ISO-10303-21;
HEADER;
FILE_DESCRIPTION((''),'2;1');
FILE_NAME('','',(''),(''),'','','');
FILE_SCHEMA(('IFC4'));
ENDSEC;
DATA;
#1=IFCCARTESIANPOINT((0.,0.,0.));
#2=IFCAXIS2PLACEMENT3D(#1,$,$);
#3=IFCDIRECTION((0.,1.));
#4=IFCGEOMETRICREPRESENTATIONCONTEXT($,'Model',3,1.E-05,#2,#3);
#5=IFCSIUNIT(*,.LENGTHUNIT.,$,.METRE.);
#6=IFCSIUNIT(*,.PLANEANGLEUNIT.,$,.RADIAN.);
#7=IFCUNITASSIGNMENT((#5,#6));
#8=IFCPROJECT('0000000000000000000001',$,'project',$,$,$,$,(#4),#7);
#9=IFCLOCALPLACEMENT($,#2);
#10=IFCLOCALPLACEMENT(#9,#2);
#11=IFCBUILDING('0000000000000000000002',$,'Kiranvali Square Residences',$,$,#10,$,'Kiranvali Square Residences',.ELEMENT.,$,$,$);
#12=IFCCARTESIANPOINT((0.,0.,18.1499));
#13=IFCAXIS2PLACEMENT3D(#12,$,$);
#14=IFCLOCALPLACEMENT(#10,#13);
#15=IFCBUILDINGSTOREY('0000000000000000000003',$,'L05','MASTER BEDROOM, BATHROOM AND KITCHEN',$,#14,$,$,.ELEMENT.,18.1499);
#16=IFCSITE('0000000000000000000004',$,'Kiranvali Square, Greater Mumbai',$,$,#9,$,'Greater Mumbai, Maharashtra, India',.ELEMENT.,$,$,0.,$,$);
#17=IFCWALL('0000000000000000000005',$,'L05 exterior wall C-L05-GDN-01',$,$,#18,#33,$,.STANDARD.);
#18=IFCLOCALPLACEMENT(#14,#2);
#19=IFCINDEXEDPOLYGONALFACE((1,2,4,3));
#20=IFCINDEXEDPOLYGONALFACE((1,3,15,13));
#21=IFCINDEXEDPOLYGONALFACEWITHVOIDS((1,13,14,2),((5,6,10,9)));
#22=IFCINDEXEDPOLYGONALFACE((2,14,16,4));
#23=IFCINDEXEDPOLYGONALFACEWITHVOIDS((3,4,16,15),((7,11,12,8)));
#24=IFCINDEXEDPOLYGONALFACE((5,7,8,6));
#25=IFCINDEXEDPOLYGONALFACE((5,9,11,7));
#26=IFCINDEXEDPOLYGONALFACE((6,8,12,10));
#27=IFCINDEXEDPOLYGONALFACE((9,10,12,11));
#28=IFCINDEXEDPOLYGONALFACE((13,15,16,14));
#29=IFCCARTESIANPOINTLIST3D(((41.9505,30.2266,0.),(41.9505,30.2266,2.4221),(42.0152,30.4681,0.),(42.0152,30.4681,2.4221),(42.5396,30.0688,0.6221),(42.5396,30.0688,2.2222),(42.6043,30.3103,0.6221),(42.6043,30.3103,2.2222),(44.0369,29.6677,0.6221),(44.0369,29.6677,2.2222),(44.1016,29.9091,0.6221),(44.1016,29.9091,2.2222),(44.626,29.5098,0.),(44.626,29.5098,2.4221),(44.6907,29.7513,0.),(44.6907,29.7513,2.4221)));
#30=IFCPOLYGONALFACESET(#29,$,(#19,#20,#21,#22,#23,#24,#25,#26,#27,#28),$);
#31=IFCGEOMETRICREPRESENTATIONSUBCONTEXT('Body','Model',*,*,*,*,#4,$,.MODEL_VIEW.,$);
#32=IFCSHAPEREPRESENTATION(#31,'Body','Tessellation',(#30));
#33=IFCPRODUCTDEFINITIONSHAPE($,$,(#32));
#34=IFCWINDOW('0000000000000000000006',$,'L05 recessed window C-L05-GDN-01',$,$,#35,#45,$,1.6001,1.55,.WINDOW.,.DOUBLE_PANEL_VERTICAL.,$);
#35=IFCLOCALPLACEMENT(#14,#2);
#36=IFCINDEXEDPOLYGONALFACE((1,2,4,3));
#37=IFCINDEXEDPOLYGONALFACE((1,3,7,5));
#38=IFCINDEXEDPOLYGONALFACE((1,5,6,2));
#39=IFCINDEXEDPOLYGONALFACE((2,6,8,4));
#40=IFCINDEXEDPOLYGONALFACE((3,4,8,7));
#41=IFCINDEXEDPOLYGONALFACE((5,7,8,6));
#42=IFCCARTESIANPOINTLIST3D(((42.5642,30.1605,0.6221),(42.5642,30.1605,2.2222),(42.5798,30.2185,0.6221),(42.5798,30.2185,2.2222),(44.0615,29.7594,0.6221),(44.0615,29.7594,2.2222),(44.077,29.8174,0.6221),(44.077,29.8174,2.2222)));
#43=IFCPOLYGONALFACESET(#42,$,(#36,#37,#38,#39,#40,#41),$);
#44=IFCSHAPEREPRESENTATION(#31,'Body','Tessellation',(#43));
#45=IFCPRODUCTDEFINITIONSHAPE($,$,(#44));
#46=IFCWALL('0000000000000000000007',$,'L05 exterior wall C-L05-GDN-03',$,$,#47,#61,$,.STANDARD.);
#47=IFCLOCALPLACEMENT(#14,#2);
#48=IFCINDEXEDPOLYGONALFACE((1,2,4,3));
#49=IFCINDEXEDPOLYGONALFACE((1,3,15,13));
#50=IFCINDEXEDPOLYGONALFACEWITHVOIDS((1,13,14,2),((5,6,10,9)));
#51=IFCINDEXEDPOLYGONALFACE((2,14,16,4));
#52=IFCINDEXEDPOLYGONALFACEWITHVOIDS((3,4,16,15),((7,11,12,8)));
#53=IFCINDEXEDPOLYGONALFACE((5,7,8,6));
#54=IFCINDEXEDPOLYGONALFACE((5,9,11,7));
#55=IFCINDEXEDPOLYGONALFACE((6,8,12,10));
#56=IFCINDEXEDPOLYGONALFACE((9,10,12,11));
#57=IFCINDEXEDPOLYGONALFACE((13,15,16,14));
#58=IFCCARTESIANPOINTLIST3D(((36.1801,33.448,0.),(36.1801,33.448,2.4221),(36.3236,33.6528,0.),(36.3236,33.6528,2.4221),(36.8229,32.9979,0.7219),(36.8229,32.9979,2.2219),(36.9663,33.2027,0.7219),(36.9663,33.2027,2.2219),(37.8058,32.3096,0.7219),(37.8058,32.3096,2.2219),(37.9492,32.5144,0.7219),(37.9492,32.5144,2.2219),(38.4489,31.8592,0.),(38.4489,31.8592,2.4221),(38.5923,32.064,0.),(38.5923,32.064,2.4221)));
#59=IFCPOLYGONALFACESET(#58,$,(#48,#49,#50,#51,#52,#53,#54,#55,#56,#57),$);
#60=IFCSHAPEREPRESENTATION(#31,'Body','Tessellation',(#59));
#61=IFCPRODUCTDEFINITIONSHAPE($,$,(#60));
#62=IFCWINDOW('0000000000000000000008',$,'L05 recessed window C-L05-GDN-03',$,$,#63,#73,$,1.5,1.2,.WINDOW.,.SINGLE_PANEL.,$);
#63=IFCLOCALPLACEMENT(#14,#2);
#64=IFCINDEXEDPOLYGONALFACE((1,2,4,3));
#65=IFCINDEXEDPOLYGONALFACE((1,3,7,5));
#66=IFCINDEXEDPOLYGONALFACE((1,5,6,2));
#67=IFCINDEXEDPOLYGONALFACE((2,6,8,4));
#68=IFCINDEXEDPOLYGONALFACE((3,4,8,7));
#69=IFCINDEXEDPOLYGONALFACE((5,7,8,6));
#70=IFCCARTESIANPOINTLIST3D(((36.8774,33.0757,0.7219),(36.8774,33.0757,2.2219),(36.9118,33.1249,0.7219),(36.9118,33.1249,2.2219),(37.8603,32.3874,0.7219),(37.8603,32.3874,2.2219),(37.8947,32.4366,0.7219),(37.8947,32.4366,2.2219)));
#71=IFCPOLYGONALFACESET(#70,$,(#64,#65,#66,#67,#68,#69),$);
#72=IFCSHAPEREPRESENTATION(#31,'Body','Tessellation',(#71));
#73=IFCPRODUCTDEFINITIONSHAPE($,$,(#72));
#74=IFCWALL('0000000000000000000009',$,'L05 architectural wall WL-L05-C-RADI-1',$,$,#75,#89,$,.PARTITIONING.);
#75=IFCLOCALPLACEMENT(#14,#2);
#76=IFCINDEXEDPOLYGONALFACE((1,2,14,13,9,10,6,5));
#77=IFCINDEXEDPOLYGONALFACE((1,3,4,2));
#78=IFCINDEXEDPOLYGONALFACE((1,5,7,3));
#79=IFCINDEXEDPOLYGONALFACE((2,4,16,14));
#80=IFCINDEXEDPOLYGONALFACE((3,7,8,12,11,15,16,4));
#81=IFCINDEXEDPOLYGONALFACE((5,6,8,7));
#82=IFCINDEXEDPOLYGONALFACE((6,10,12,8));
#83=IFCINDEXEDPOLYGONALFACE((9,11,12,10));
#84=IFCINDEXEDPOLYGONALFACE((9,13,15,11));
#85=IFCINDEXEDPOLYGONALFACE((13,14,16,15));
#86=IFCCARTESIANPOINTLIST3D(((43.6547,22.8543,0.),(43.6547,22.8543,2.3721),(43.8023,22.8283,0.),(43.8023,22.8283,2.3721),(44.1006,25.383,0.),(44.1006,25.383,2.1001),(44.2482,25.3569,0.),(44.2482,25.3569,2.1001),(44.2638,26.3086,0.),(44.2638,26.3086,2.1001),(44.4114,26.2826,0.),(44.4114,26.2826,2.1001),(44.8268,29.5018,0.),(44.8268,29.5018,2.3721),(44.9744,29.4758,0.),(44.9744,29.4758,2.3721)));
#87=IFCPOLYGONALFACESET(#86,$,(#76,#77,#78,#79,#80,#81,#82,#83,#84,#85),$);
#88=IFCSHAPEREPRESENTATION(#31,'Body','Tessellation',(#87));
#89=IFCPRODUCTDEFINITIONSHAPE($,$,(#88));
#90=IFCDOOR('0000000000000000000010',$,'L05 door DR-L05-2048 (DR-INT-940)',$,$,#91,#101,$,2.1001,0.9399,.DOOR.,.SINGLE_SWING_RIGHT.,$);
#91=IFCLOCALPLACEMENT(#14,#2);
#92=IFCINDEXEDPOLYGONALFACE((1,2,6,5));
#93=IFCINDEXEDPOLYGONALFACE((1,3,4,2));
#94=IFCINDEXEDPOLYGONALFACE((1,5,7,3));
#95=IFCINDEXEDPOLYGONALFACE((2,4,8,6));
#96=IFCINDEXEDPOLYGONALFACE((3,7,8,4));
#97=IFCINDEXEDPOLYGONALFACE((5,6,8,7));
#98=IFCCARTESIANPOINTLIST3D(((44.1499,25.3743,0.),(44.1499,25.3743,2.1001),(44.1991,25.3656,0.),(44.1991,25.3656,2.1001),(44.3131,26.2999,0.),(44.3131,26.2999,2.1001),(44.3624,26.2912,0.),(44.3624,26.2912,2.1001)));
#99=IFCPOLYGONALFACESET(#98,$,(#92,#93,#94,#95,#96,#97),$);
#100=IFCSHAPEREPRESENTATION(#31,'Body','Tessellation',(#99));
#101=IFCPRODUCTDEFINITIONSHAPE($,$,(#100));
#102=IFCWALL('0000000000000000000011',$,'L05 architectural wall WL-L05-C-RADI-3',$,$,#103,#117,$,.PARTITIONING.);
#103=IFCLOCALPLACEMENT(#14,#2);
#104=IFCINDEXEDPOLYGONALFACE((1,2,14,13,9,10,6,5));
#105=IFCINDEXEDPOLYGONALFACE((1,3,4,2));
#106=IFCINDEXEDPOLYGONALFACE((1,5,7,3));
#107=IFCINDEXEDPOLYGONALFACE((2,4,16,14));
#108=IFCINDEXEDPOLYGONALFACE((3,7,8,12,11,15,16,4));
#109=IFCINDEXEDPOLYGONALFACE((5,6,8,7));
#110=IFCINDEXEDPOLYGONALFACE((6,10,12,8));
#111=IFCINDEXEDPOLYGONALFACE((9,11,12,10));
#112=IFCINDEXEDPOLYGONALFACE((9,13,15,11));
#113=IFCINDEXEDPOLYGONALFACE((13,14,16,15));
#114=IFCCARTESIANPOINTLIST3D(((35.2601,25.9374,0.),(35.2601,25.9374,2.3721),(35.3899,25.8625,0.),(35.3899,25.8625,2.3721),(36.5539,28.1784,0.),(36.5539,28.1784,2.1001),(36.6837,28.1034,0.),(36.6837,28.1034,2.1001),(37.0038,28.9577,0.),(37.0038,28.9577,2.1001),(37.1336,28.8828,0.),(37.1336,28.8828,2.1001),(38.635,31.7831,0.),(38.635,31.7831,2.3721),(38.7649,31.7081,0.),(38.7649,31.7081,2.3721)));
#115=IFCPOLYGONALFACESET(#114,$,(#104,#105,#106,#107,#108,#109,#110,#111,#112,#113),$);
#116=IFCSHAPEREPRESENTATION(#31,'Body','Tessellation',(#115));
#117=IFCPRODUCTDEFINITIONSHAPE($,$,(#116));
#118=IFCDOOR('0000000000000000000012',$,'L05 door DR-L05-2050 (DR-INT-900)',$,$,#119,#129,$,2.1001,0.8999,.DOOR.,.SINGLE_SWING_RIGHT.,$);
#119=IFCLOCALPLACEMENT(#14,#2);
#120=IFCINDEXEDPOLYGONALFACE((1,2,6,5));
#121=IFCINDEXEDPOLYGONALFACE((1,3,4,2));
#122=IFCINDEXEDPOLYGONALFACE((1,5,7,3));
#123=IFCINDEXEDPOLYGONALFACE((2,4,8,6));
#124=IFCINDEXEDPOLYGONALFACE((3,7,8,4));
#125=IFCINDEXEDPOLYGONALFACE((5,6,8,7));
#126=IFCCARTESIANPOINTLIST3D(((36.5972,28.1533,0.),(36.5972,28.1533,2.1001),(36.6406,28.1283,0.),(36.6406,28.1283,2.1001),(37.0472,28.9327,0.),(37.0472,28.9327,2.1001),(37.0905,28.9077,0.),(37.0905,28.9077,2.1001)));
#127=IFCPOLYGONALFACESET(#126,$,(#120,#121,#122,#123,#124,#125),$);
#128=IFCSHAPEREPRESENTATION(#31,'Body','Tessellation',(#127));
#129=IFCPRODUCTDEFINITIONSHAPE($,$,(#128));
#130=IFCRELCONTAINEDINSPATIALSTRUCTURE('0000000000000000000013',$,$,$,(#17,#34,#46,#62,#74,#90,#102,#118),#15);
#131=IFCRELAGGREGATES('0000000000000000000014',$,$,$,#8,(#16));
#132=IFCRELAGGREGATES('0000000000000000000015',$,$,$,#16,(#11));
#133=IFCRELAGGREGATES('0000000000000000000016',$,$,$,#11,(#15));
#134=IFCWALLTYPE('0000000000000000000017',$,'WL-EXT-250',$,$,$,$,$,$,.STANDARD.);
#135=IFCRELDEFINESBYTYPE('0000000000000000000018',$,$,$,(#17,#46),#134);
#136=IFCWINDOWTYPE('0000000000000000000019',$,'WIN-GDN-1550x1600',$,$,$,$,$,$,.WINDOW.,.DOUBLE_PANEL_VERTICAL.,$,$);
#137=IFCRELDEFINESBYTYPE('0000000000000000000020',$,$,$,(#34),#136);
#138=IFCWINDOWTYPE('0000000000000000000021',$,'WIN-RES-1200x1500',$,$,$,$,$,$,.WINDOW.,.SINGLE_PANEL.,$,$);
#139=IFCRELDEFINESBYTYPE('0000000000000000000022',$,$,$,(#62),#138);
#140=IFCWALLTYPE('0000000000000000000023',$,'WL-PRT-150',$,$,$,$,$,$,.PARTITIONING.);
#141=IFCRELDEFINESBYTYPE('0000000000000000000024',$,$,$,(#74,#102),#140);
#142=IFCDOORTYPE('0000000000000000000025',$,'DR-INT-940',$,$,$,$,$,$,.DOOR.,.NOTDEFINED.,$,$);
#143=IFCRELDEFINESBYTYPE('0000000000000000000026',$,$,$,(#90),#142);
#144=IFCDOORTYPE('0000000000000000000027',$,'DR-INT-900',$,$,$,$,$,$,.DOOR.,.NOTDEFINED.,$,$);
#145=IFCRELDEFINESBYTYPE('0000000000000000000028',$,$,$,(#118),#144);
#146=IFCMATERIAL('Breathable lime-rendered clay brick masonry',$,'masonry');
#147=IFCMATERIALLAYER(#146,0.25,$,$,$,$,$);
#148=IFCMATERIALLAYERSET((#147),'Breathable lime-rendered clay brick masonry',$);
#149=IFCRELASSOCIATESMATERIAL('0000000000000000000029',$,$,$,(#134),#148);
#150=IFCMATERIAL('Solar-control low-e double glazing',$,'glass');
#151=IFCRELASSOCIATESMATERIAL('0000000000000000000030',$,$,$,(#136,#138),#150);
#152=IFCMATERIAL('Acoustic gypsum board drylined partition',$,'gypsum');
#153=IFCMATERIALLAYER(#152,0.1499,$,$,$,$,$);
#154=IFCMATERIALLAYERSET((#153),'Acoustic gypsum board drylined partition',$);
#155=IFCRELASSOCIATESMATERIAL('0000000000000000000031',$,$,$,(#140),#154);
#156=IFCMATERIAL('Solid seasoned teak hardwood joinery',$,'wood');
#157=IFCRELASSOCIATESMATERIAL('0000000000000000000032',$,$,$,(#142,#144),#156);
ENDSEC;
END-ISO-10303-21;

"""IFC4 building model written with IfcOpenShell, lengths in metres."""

from ifc_helpers import new_model, si_unit, direction, frame, frame_2d, origin, place, context, subcontext, project, spatial, rectangle, extrude, material, layer, layer_set, type_object, element, fill, save


model = new_model("IFC4")

# Units and contexts
model_context = context("Model", 3, precision=1e-05, world=origin(), true_north=direction((0.0, 1.0)))
body_context = subcontext(model_context, "Body", "Model", "MODEL_VIEW")
ifc_project = project(units=[si_unit("LENGTHUNIT", "METRE"), si_unit("PLANEANGLEUNIT", "RADIAN")], contexts=[model_context])

# Site, building, storey
site_placement = place(None, origin())
site = spatial("IfcSite", under=ifc_project, at=site_placement, Name="Kiranvali Square, Greater Mumbai", LongName="Greater Mumbai, Maharashtra, India", CompositionType="ELEMENT", RefElevation=0.0)
building_placement = place(site_placement, origin())
building = spatial("IfcBuilding", under=site, at=building_placement, Name="Kiranvali Square Residences", LongName="Kiranvali Square Residences", CompositionType="ELEMENT")
storey_placement = place(building_placement, frame((0.0, 0.0, 18.1499)))
storey = spatial("IfcBuildingStorey", under=building, at=storey_placement, Name="L05", Description="MASTER BEDROOM, BATHROOM AND KITCHEN", CompositionType="ELEMENT", Elevation=18.1499)

# Wall, opening, window
ifc_material_1 = material(Name="Breathable lime-rendered clay brick masonry", Category="masonry")
ifc_layer_1 = layer(ifc_material_1, 0.25)
ifc_layer_set_1 = layer_set([ifc_layer_1], Name="Breathable lime-rendered clay brick masonry")
wall_type_1 = type_object("IfcWallType", Name="WL-EXT-250", PredefinedType="STANDARD", material=ifc_layer_set_1)
wall_1_placement = place(storey_placement, frame((44.6582, 29.6306, 0.0), z_axis=(0.0, 0.0, 1.0), x_axis=(-0.965936, 0.258782, 0.0)))
wall_1 = element("IfcWall", 1, at=wall_1_placement, inside=storey, type_object=wall_type_1, Name="L05 exterior wall C-L05-GDN-01", PredefinedType="STANDARD", context=body_context, shape_type="SweptSolid", body=[
    extrude(rectangle(XDim=2.7698, YDim=0.25, at=frame_2d((1.3848, 0.0))), origin(), (0.0, 0.0, 1.0), 2.4221),
])
opening_1_placement = place(wall_1_placement, frame((0.6099, 0.0, 0.6221)))
opening_1 = element("IfcOpeningElement", 2, at=opening_1_placement, cuts=wall_1, PredefinedType="OPENING", context=body_context, shape_type="SweptSolid", body=[
    extrude(rectangle(XDim=1.55, YDim=1.6001, at=frame_2d((0.7749, 0.8))), frame((0.0, 0.135, 0.0), z_axis=(0.0, -1.0, 0.0), x_axis=(1.0, 0.0, 0.0)), (0.0, 0.0, 1.0), 0.27),
])
ifc_material_2 = material(Name="Solar-control low-e double glazing", Category="glass")
window_type_1 = type_object("IfcWindowType", Name="WIN-GDN-1550x1600", PartitioningType="DOUBLE_PANEL_VERTICAL", PredefinedType="WINDOW", material=ifc_material_2)
window_1_placement = place(opening_1_placement, origin())
window_1 = element("IfcWindow", 3, at=window_1_placement, inside=storey, type_object=window_type_1, Name="L05 recessed window C-L05-GDN-01", OverallHeight=1.6001, OverallWidth=1.55, PartitioningType="DOUBLE_PANEL_VERTICAL", PredefinedType="WINDOW", context=body_context, shape_type="SweptSolid", body=[
    extrude(rectangle(XDim=1.55, YDim=1.6001, at=frame_2d((0.7749, 0.8))), frame((0.0, 0.03, 0.0), z_axis=(0.0, -1.0, 0.0), x_axis=(1.0, 0.0, 0.0)), (0.0, 0.0, 1.0), 0.0601),
])
fill(opening_1, window_1)

# Wall, opening, window
wall_2_placement = place(storey_placement, frame((38.5205, 31.9617, 0.0), z_axis=(0.0, 0.0, 1.0), x_axis=(-0.819112, 0.573634, 0.0)))
wall_2 = element("IfcWall", 4, at=wall_2_placement, inside=storey, type_object=wall_type_1, Name="L05 exterior wall C-L05-GDN-03", PredefinedType="STANDARD", context=body_context, shape_type="SweptSolid", body=[
    extrude(rectangle(XDim=2.7698, YDim=0.25, at=frame_2d((1.3848, 0.0))), origin(), (0.0, 0.0, 1.0), 2.4221),
])
opening_2_placement = place(wall_2_placement, frame((0.7849, 0.0, 0.7219)))
opening_2 = element("IfcOpeningElement", 5, at=opening_2_placement, cuts=wall_2, PredefinedType="OPENING", context=body_context, shape_type="SweptSolid", body=[
    extrude(rectangle(XDim=1.2, YDim=1.5, at=frame_2d((0.6001, 0.75))), frame((0.0, 0.135, 0.0), z_axis=(0.0, -1.0, 0.0), x_axis=(1.0, 0.0, 0.0)), (0.0, 0.0, 1.0), 0.27),
])
window_type_2 = type_object("IfcWindowType", Name="WIN-RES-1200x1500", PartitioningType="SINGLE_PANEL", PredefinedType="WINDOW", material=ifc_material_2)
window_2_placement = place(opening_2_placement, origin())
window_2 = element("IfcWindow", 6, at=window_2_placement, inside=storey, type_object=window_type_2, Name="L05 recessed window C-L05-GDN-03", OverallHeight=1.5, OverallWidth=1.2, PartitioningType="SINGLE_PANEL", PredefinedType="WINDOW", context=body_context, shape_type="SweptSolid", body=[
    extrude(rectangle(XDim=1.2, YDim=1.5, at=frame_2d((0.6001, 0.75))), frame((0.0, 0.03, 0.0), z_axis=(0.0, -1.0, 0.0), x_axis=(1.0, 0.0, 0.0)), (0.0, 0.0, 1.0), 0.0601),
])
fill(opening_2, window_2)

# Walls, openings, doors
ifc_material_3 = material(Name="Acoustic gypsum board drylined partition", Category="gypsum")
ifc_layer_2 = layer(ifc_material_3, 0.1499)
ifc_layer_set_2 = layer_set([ifc_layer_2], Name="Acoustic gypsum board drylined partition")
wall_type_2 = type_object("IfcWallType", Name="WL-PRT-150", PredefinedType="PARTITIONING", material=ifc_layer_set_2)
wall_3_placement = place(storey_placement, frame((44.9006, 29.4888, 0.0), z_axis=(0.0, 0.0, 1.0), x_axis=(-0.173647, -0.984808, 0.0)))
wall_3 = element("IfcWall", 7, at=wall_3_placement, inside=storey, type_object=wall_type_2, Name="L05 architectural wall WL-L05-C-RADI-1", PredefinedType="PARTITIONING", context=body_context, shape_type="SweptSolid", body=[
    extrude(rectangle(XDim=6.75, YDim=0.1499, at=frame_2d((3.375, 0.0))), origin(), (0.0, 0.0, 1.0), 2.3721),
])
opening_3_placement = place(wall_3_placement, frame((3.2424, 0.0, 0.0)))
opening_3 = element("IfcOpeningElement", 8, at=opening_3_placement, cuts=wall_3, PredefinedType="OPENING", context=body_context, shape_type="SweptSolid", body=[
    extrude(rectangle(XDim=0.9399, YDim=2.1001, at=frame_2d((0.47, 1.05))), frame((0.0, 0.085, 0.0), z_axis=(0.0, -1.0, 0.0), x_axis=(1.0, 0.0, 0.0)), (0.0, 0.0, 1.0), 0.1699),
])
ifc_material_4 = material(Name="Solid seasoned teak hardwood joinery", Category="wood")
door_type_1 = type_object("IfcDoorType", Name="DR-INT-940", OperationType="NOTDEFINED", PredefinedType="DOOR", material=ifc_material_4)
door_1_placement = place(opening_3_placement, frame((0.9399, 0.0, 0.0), z_axis=(0.0, 0.0, 1.0), x_axis=(-1.0, 0.0, 0.0)))
door_1 = element("IfcDoor", 9, at=door_1_placement, inside=storey, type_object=door_type_1, Name="L05 door DR-L05-2048 (DR-INT-940)", OperationType="SINGLE_SWING_RIGHT", OverallHeight=2.1001, OverallWidth=0.9399, PredefinedType="DOOR", context=body_context, shape_type="SweptSolid", body=[
    extrude(rectangle(XDim=0.9399, YDim=2.1001, at=frame_2d((0.47, 1.05))), frame((0.0, 0.0249, 0.0), z_axis=(0.0, -1.0, 0.0), x_axis=(1.0, 0.0, 0.0)), (0.0, 0.0, 1.0), 0.05),
])
fill(opening_3, door_1)
wall_4_placement = place(storey_placement, frame((38.7, 31.7456, 0.0), z_axis=(0.0, 0.0, 1.0), x_axis=(-0.499998, -0.866027, 0.0)))
wall_4 = element("IfcWall", 10, at=wall_4_placement, inside=storey, type_object=wall_type_2, Name="L05 architectural wall WL-L05-C-RADI-3", PredefinedType="PARTITIONING", context=body_context, shape_type="SweptSolid", body=[
    extrude(rectangle(XDim=6.75, YDim=0.1499, at=frame_2d((3.375, 0.0))), origin(), (0.0, 0.0, 1.0), 2.3721),
])
opening_4_placement = place(wall_4_placement, frame((3.2625, 0.0, 0.0)))
opening_4 = element("IfcOpeningElement", 11, at=opening_4_placement, cuts=wall_4, PredefinedType="OPENING", context=body_context, shape_type="SweptSolid", body=[
    extrude(rectangle(XDim=0.8999, YDim=2.1001, at=frame_2d((0.45, 1.05))), frame((0.0, 0.085, 0.0), z_axis=(0.0, -1.0, 0.0), x_axis=(1.0, 0.0, 0.0)), (0.0, 0.0, 1.0), 0.1699),
])
door_type_2 = type_object("IfcDoorType", Name="DR-INT-900", OperationType="NOTDEFINED", PredefinedType="DOOR", material=ifc_material_4)
door_2_placement = place(opening_4_placement, frame((0.8999, 0.0, 0.0), z_axis=(0.0, 0.0, 1.0), x_axis=(-1.0, 0.0, 0.0)))
door_2 = element("IfcDoor", 12, at=door_2_placement, inside=storey, type_object=door_type_2, Name="L05 door DR-L05-2050 (DR-INT-900)", OperationType="SINGLE_SWING_RIGHT", OverallHeight=2.1001, OverallWidth=0.8999, PredefinedType="DOOR", context=body_context, shape_type="SweptSolid", body=[
    extrude(rectangle(XDim=0.8999, YDim=2.1001, at=frame_2d((0.45, 1.05))), frame((0.0, 0.0249, 0.0), z_axis=(0.0, -1.0, 0.0), x_axis=(1.0, 0.0, 0.0)), (0.0, 0.0, 1.0), 0.05),
])
fill(opening_4, door_2)

save(model, "model.ifc")
